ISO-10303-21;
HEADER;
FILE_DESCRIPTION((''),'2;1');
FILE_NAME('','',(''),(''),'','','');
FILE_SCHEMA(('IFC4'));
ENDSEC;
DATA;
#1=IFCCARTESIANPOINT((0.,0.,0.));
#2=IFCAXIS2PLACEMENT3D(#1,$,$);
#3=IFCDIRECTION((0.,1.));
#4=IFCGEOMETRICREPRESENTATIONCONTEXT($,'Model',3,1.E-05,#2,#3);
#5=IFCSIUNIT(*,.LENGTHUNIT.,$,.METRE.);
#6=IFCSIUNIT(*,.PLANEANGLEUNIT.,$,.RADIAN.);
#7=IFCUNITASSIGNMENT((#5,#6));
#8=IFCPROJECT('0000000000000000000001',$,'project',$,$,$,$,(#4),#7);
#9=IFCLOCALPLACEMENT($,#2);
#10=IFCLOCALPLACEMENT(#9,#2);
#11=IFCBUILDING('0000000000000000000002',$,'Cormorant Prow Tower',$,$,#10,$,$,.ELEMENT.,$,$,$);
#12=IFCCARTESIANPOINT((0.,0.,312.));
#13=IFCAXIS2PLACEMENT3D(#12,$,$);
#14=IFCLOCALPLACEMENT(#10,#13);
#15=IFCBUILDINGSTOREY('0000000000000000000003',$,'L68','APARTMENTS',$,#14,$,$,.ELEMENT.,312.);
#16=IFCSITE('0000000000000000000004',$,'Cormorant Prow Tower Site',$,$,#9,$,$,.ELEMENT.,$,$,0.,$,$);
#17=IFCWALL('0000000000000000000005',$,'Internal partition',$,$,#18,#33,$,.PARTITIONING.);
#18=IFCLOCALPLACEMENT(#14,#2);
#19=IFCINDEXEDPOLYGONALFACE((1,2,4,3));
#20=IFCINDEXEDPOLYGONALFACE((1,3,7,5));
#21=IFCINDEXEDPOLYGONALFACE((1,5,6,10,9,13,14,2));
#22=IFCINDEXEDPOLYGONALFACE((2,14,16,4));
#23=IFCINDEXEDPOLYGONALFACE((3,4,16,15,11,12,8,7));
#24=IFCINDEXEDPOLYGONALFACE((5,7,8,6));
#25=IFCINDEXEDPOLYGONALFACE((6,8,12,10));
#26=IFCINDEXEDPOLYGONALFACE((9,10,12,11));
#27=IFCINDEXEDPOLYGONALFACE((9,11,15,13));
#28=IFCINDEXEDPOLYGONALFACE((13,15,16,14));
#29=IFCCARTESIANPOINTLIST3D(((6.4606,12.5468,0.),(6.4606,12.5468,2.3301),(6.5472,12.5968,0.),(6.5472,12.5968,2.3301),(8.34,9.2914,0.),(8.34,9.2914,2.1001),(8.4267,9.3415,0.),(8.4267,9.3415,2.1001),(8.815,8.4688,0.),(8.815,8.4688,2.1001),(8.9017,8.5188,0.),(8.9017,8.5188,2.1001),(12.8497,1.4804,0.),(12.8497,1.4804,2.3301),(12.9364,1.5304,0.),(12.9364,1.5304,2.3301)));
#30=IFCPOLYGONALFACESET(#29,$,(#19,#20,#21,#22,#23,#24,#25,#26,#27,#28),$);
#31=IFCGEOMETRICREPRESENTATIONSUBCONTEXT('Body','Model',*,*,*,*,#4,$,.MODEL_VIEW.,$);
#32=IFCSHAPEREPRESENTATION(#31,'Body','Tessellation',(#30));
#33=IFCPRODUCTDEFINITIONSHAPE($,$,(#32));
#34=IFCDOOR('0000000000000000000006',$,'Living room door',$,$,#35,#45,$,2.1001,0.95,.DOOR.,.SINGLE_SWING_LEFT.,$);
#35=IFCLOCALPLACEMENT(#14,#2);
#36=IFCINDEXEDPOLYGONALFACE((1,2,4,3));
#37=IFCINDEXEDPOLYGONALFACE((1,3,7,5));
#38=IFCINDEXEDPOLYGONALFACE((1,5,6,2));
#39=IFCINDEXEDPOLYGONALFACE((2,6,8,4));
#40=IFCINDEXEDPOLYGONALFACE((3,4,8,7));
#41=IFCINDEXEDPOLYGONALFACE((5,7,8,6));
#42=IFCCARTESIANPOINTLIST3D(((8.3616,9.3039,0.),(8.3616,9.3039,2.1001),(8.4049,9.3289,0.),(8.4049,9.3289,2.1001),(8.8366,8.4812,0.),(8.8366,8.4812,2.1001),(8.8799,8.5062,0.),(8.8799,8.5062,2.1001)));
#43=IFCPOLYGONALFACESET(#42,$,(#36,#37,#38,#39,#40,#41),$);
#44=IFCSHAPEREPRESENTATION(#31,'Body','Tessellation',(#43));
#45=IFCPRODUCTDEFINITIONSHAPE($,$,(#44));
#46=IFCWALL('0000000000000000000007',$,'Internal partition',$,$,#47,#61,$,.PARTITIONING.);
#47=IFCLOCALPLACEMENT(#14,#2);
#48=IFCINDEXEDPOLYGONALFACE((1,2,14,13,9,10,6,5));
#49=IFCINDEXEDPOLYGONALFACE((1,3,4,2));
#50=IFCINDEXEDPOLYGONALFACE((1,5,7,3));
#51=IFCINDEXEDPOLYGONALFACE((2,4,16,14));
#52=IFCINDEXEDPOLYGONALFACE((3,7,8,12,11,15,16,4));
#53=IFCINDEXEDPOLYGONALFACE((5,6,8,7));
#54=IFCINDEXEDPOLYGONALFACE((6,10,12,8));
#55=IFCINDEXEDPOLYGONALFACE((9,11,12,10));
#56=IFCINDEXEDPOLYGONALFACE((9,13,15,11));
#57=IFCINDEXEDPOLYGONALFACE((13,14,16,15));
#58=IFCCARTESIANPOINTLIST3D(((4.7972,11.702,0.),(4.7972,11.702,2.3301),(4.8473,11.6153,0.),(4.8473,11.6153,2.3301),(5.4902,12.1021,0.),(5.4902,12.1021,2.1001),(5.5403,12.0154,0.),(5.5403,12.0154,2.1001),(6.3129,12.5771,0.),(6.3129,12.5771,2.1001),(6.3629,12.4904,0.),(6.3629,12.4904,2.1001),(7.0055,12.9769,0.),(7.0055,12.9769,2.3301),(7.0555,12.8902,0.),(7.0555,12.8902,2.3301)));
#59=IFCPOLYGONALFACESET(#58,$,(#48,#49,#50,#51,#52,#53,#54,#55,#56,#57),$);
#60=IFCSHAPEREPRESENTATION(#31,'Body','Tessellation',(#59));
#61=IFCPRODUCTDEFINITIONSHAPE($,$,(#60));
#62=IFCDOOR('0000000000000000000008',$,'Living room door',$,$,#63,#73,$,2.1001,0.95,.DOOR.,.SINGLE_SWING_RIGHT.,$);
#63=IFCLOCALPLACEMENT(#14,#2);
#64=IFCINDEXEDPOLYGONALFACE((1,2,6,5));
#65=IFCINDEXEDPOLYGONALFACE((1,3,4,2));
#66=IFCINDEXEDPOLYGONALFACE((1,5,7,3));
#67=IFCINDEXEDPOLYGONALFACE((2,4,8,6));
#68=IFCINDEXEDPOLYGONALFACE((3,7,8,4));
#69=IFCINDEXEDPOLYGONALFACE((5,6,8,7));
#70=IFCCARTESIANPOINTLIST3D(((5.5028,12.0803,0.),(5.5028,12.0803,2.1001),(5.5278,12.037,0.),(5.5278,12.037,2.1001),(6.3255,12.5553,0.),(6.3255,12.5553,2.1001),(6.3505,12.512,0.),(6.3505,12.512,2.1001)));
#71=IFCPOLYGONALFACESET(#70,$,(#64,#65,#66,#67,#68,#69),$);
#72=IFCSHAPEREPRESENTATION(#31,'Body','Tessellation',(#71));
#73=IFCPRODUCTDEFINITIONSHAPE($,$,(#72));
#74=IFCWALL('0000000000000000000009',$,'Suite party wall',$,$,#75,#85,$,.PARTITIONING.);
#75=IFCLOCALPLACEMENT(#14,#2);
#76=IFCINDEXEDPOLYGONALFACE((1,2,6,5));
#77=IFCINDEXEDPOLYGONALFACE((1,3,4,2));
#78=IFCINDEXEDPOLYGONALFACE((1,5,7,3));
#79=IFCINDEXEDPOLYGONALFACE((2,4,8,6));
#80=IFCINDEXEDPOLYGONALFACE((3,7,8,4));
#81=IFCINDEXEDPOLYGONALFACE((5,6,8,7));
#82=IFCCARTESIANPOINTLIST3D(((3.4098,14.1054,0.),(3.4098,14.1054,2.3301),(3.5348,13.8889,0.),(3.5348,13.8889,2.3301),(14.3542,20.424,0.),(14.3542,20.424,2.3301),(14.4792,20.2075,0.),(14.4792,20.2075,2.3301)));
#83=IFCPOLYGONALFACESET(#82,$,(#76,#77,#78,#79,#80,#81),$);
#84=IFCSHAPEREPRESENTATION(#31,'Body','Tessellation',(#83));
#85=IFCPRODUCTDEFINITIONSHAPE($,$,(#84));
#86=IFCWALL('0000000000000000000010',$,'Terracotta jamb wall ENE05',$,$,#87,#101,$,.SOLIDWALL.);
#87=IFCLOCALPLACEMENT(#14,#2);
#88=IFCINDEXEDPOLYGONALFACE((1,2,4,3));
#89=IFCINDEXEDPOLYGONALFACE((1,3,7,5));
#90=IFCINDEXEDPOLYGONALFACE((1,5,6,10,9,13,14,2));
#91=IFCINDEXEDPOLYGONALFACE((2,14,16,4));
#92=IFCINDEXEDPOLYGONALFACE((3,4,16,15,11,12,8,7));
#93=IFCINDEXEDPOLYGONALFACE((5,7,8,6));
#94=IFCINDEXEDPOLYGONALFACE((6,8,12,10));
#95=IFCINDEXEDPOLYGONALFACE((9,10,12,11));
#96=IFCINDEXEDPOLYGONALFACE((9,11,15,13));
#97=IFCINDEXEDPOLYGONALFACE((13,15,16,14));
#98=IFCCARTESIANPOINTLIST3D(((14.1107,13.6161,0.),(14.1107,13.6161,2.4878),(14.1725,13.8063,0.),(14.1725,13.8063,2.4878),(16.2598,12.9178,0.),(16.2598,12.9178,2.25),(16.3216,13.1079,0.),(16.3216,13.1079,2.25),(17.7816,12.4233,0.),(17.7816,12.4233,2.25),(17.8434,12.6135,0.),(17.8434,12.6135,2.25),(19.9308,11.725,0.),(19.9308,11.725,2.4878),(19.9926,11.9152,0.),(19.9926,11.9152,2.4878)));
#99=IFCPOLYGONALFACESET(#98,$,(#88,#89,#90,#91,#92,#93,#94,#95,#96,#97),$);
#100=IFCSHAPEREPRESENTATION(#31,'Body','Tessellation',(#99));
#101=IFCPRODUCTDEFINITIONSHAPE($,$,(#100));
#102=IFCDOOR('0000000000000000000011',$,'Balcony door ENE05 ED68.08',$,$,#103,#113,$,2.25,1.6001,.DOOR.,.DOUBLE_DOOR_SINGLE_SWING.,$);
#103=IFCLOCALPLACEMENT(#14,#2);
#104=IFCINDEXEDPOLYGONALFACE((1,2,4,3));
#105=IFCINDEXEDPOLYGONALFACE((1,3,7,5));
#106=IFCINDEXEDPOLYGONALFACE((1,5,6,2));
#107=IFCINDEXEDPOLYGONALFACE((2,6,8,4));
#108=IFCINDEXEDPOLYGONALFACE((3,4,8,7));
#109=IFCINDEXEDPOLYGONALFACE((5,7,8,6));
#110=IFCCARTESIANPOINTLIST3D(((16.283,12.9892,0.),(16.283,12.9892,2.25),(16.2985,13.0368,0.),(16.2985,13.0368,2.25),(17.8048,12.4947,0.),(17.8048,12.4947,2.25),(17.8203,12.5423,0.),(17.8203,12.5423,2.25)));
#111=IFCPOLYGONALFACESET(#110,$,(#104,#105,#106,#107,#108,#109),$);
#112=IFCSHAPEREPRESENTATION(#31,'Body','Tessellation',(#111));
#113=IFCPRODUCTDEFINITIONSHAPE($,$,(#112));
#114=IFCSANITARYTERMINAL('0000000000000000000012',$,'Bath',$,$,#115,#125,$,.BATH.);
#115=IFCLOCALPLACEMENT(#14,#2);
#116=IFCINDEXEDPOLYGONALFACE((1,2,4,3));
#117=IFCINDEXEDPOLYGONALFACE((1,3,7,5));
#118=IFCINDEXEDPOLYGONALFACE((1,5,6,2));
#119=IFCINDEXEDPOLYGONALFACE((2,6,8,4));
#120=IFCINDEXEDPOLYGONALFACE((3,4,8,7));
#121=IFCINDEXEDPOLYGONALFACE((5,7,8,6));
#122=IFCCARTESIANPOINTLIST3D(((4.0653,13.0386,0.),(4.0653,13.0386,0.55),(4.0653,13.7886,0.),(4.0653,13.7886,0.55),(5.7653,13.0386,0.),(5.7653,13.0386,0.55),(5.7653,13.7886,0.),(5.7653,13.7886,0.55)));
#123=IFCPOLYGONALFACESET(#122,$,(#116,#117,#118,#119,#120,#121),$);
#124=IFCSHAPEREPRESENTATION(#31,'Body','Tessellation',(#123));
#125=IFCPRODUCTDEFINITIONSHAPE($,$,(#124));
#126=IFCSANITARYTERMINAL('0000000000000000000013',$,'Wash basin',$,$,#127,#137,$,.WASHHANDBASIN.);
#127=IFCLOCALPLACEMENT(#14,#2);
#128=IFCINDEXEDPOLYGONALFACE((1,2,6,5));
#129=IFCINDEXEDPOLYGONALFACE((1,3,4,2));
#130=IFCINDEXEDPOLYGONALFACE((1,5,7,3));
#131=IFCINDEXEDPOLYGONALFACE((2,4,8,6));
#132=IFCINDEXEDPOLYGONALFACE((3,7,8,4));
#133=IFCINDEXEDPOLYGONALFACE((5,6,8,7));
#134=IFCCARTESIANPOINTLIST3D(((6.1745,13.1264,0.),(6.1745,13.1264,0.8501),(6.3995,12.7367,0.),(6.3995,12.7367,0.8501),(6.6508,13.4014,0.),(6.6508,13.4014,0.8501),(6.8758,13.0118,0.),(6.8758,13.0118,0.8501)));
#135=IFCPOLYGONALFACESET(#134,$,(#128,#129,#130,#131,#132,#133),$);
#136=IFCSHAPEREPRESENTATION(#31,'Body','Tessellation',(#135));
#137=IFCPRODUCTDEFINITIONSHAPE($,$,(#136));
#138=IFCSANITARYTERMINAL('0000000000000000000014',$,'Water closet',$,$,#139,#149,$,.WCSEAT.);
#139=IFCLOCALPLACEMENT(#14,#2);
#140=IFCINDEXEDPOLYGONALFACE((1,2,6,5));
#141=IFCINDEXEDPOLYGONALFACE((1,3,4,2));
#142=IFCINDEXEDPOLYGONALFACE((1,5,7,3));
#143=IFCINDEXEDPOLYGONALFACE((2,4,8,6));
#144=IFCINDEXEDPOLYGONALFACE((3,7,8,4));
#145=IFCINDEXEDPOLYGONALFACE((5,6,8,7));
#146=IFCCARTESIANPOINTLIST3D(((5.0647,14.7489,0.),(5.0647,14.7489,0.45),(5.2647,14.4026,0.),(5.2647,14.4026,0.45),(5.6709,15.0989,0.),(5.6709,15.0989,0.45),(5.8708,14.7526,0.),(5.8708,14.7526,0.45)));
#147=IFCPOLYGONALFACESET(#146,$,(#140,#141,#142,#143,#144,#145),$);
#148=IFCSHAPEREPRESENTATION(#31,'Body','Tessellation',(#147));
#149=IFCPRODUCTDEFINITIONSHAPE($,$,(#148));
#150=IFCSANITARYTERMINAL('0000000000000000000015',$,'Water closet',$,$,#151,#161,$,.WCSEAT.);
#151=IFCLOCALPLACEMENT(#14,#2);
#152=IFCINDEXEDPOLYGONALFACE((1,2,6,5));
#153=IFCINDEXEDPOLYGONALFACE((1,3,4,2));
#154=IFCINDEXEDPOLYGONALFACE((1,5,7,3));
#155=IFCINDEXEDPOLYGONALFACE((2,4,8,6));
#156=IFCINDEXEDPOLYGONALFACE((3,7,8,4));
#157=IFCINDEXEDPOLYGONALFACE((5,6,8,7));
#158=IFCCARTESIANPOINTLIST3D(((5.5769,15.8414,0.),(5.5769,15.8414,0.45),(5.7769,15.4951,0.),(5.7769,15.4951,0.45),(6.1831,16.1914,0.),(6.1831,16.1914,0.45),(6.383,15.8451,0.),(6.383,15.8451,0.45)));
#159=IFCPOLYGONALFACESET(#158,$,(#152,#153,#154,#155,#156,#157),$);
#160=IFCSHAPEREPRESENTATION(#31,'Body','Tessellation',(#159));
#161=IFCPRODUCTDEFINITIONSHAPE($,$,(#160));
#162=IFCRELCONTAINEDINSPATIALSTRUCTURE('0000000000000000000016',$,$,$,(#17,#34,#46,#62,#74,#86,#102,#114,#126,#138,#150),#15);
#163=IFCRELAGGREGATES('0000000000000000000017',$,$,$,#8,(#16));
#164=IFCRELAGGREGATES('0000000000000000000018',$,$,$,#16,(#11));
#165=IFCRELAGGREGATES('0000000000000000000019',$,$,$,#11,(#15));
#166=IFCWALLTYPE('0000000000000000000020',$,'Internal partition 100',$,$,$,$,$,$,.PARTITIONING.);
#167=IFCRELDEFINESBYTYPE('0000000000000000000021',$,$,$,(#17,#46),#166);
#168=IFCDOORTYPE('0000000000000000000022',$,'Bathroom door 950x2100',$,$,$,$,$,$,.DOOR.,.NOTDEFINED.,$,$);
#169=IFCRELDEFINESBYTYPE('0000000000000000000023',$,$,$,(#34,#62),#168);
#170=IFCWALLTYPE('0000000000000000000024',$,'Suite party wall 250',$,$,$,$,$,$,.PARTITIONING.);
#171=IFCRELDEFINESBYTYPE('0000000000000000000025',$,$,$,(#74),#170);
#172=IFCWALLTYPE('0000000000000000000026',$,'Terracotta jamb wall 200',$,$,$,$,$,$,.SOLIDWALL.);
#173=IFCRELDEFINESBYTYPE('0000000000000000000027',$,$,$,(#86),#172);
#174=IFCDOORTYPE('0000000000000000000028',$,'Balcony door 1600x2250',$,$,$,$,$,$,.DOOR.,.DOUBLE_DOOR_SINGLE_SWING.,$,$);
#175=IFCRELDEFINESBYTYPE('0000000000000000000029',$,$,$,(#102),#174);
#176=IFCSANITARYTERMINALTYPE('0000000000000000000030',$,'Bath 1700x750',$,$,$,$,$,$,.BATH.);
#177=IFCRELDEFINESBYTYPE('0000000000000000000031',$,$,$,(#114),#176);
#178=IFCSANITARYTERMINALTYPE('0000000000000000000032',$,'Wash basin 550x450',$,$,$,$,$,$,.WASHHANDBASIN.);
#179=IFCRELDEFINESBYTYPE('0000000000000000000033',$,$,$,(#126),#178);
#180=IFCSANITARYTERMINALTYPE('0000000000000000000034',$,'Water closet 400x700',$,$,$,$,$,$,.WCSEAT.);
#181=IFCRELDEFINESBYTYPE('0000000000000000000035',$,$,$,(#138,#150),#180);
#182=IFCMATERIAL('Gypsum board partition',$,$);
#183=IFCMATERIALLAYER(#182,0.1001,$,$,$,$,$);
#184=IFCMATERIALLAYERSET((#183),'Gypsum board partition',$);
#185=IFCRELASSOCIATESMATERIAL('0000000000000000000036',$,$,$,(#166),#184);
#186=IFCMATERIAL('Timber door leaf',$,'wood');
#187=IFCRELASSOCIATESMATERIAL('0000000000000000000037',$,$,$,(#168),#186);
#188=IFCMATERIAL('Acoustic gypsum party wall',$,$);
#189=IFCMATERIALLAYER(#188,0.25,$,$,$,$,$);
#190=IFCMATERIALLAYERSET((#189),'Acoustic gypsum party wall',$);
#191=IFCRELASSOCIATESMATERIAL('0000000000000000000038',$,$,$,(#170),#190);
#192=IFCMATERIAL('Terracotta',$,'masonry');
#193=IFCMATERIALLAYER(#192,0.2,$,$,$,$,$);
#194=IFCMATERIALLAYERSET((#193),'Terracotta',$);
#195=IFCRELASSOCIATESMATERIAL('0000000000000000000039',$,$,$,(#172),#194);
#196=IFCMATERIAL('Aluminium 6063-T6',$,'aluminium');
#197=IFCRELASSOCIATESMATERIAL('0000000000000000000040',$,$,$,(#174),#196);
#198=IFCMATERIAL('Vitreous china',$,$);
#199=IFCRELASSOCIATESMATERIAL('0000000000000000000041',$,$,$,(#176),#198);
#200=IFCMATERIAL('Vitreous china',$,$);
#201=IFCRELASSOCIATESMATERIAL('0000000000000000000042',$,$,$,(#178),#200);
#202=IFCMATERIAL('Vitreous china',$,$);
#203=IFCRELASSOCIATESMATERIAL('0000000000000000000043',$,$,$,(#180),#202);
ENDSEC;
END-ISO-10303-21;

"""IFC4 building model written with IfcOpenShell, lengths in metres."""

from ifc_helpers import new_model, si_unit, direction, frame, frame_2d, origin, origin_2d, place, context, subcontext, project, spatial, rectangle, extrude, material, layer, layer_set, type_object, element, fill, save


model = new_model("IFC4")

# Units and contexts
model_context = context("Model", 3, precision=1e-05, world=origin(), true_north=direction((0.0, 1.0)))
body_context = subcontext(model_context, "Body", "Model", "MODEL_VIEW")
ifc_project = project(units=[si_unit("LENGTHUNIT", "METRE"), si_unit("PLANEANGLEUNIT", "RADIAN")], contexts=[model_context])

# Site, building, storey
site_placement = place(None, origin())
site = spatial("IfcSite", under=ifc_project, at=site_placement, Name="Cormorant Prow Tower Site", CompositionType="ELEMENT", RefElevation=0.0)
building_placement = place(site_placement, origin())
building = spatial("IfcBuilding", under=site, at=building_placement, Name="Cormorant Prow Tower", CompositionType="ELEMENT")
storey_placement = place(building_placement, frame((0.0, 0.0, 312.0)))
storey = spatial("IfcBuildingStorey", under=building, at=storey_placement, Name="L68", Description="APARTMENTS", CompositionType="ELEMENT", Elevation=312.0)

# Walls, openings, doors
ifc_material_1 = material(Name="Gypsum board partition")
ifc_layer_1 = layer(ifc_material_1, 0.1001)
ifc_layer_set_1 = layer_set([ifc_layer_1], Name="Gypsum board partition")
wall_type_1 = type_object("IfcWallType", Name="Internal partition 100", PredefinedType="PARTITIONING", material=ifc_layer_set_1)
ifc_material_2 = material(Name="Timber door leaf", Category="wood")
door_type_1 = type_object("IfcDoorType", Name="Bathroom door 950x2100", OperationType="NOTDEFINED", PredefinedType="DOOR", material=ifc_material_2)
wall_1_placement = place(storey_placement, frame((6.5039, 12.5718, 0.0), z_axis=(0.0, 0.0, 1.0), x_axis=(0.499998, -0.866027, 0.0)))
wall_1 = element("IfcWall", 1, at=wall_1_placement, inside=storey, type_object=wall_type_1, Name="Internal partition", PredefinedType="PARTITIONING", context=body_context, shape_type="SweptSolid", body=[
    extrude(rectangle(XDim=12.7783, YDim=0.1001, at=frame_2d((6.3892, 0.0))), origin(), (0.0, 0.0, 1.0), 2.3301),
])
opening_1_placement = place(wall_1_placement, frame((3.7588, 0.0, 0.0)))
opening_1 = element("IfcOpeningElement", 2, at=opening_1_placement, cuts=wall_1, PredefinedType="OPENING", context=body_context, shape_type="SweptSolid", body=[
    extrude(rectangle(XDim=0.95, YDim=2.1001, at=frame_2d((0.4751, 1.05))), frame((0.0, 0.0601, 0.0), z_axis=(0.0, -1.0, 0.0), x_axis=(1.0, 0.0, 0.0)), (0.0, 0.0, 1.0), 0.1201),
])
door_1_placement = place(opening_1_placement, origin())
door_1 = element("IfcDoor", 3, at=door_1_placement, inside=storey, type_object=door_type_1, Name="Living room door", OperationType="SINGLE_SWING_LEFT", OverallHeight=2.1001, OverallWidth=0.95, PredefinedType="DOOR", context=body_context, shape_type="SweptSolid", body=[
    extrude(rectangle(XDim=0.95, YDim=2.1001, at=frame_2d((0.4751, 1.05))), frame((0.0, 0.0249, 0.0), z_axis=(0.0, -1.0, 0.0), x_axis=(1.0, 0.0, 0.0)), (0.0, 0.0, 1.0), 0.05),
])
fill(opening_1, door_1)
wall_2_placement = place(storey_placement, frame((4.8223, 11.6587, 0.0), z_axis=(0.0, 0.0, 1.0), x_axis=(0.866031, 0.49999, 0.0)))
wall_2 = element("IfcWall", 4, at=wall_2_placement, inside=storey, type_object=wall_type_1, Name="Internal partition", PredefinedType="PARTITIONING", context=body_context, shape_type="SweptSolid", body=[
    extrude(rectangle(XDim=2.5498, YDim=0.1001, at=frame_2d((1.2749, 0.0))), origin(), (0.0, 0.0, 1.0), 2.3301),
])
opening_2_placement = place(wall_2_placement, frame((0.8, 0.0, 0.0)))
opening_2 = element("IfcOpeningElement", 5, at=opening_2_placement, cuts=wall_2, PredefinedType="OPENING", context=body_context, shape_type="SweptSolid", body=[
    extrude(rectangle(XDim=0.95, YDim=2.1001, at=frame_2d((0.4751, 1.05))), frame((0.0, 0.0601, 0.0), z_axis=(0.0, -1.0, 0.0), x_axis=(1.0, 0.0, 0.0)), (0.0, 0.0, 1.0), 0.1201),
])
door_2_placement = place(opening_2_placement, origin())
door_2 = element("IfcDoor", 6, at=door_2_placement, inside=storey, type_object=door_type_1, Name="Living room door", OperationType="SINGLE_SWING_RIGHT", OverallHeight=2.1001, OverallWidth=0.95, PredefinedType="DOOR", context=body_context, shape_type="SweptSolid", body=[
    extrude(rectangle(XDim=0.95, YDim=2.1001, at=frame_2d((0.4751, 1.05))), frame((0.0, 0.0249, 0.0), z_axis=(0.0, -1.0, 0.0), x_axis=(1.0, 0.0, 0.0)), (0.0, 0.0, 1.0), 0.05),
])
fill(opening_2, door_2)

# Wall
ifc_material_3 = material(Name="Acoustic gypsum party wall")
ifc_layer_2 = layer(ifc_material_3, 0.25)
ifc_layer_set_2 = layer_set([ifc_layer_2], Name="Acoustic gypsum party wall")
wall_type_2 = type_object("IfcWallType", Name="Suite party wall 250", PredefinedType="PARTITIONING", material=ifc_layer_set_2)
wall_3_placement = place(storey_placement, frame((3.4722, 13.9971, 0.0), z_axis=(0.0, 0.0, 1.0), x_axis=(0.866029, 0.499993, 0.0)))
element("IfcWall", 7, at=wall_3_placement, inside=storey, type_object=wall_type_2, Name="Suite party wall", PredefinedType="PARTITIONING", context=body_context, shape_type="SweptSolid", body=[
    extrude(rectangle(XDim=12.6375, YDim=0.25, at=frame_2d((6.3188, 0.0))), origin(), (0.0, 0.0, 1.0), 2.3301),
])

# Wall, opening, door
ifc_material_4 = material(Name="Terracotta", Category="masonry")
ifc_layer_3 = layer(ifc_material_4, 0.2)
ifc_layer_set_3 = layer_set([ifc_layer_3], Name="Terracotta")
wall_type_3 = type_object("IfcWallType", Name="Terracotta jamb wall 200", PredefinedType="SOLIDWALL", material=ifc_layer_set_3)
wall_4_placement = place(storey_placement, frame((19.9617, 11.8201, 0.0), z_axis=(0.0, 0.0, 1.0), x_axis=(-0.951054, 0.309026, 0.0)))
wall_4 = element("IfcWall", 8, at=wall_4_placement, inside=storey, type_object=wall_type_3, Name="Terracotta jamb wall ENE05", PredefinedType="SOLIDWALL", context=body_context, shape_type="SweptSolid", body=[
    extrude(rectangle(XDim=6.1196, YDim=0.2, at=frame_2d((3.0598, 0.0))), origin(), (0.0, 0.0, 1.0), 2.4878),
])
opening_3_placement = place(wall_4_placement, frame((2.2598, 0.0, 0.0)))
opening_3 = element("IfcOpeningElement", 9, at=opening_3_placement, cuts=wall_4, PredefinedType="OPENING", context=body_context, shape_type="SweptSolid", body=[
    extrude(rectangle(XDim=1.6001, YDim=2.25, at=frame_2d((0.8, 1.125))), frame((0.0, 0.1099, 0.0), z_axis=(0.0, -1.0, 0.0), x_axis=(1.0, 0.0, 0.0)), (0.0, 0.0, 1.0), 0.22),
])
ifc_material_5 = material(Name="Aluminium 6063-T6", Category="aluminium")
door_type_2 = type_object("IfcDoorType", Name="Balcony door 1600x2250", OperationType="DOUBLE_DOOR_SINGLE_SWING", PredefinedType="DOOR", material=ifc_material_5)
door_3_placement = place(opening_3_placement, origin())
door_3 = element("IfcDoor", 10, at=door_3_placement, inside=storey, type_object=door_type_2, Name="Balcony door ENE05 ED68.08", OperationType="DOUBLE_DOOR_SINGLE_SWING", OverallHeight=2.25, OverallWidth=1.6001, PredefinedType="DOOR", context=body_context, shape_type="SweptSolid", body=[
    extrude(rectangle(XDim=1.6001, YDim=2.25, at=frame_2d((0.8, 1.125))), frame((0.0, 0.0249, 0.0), z_axis=(0.0, -1.0, 0.0), x_axis=(1.0, 0.0, 0.0)), (0.0, 0.0, 1.0), 0.05),
])
fill(opening_3, door_3)

# Sanitary terminals
ifc_material_6 = material(Name="Vitreous china")
sanitary_terminal_type_1 = type_object("IfcSanitaryTerminalType", Name="Bath 1700x750", PredefinedType="BATH", material=ifc_material_6)
sanitary_terminal_1_placement = place(storey_placement, frame((4.9153, 13.4136, 0.0), z_axis=(0.0, 0.0, 1.0), x_axis=(1.0, 0.0, 0.0)))
element("IfcSanitaryTerminal", 11, at=sanitary_terminal_1_placement, inside=storey, type_object=sanitary_terminal_type_1, Name="Bath", PredefinedType="BATH", context=body_context, shape_type="SweptSolid", body=[
    extrude(rectangle(XDim=1.7, YDim=0.75, at=origin_2d()), origin(), (0.0, 0.0, 1.0), 0.55),
])
ifc_material_7 = material(Name="Vitreous china")
sanitary_terminal_type_2 = type_object("IfcSanitaryTerminalType", Name="Wash basin 550x450", PredefinedType="WASHHANDBASIN", material=ifc_material_7)
sanitary_terminal_2_placement = place(storey_placement, frame((6.5251, 13.0691, 0.0), z_axis=(0.0, 0.0, 1.0), x_axis=(-0.866025, -0.5, 0.0)))
element("IfcSanitaryTerminal", 12, at=sanitary_terminal_2_placement, inside=storey, type_object=sanitary_terminal_type_2, Name="Wash basin", PredefinedType="WASHHANDBASIN", context=body_context, shape_type="SweptSolid", body=[
    extrude(rectangle(XDim=0.55, YDim=0.45, at=origin_2d()), origin(), (0.0, 0.0, 1.0), 0.8501),
])
ifc_material_8 = material(Name="Vitreous china")
sanitary_terminal_type_3 = type_object("IfcSanitaryTerminalType", Name="Water closet 400x700", PredefinedType="WCSEAT", material=ifc_material_8)
for number, where, z_axis, x_axis, name in (
    (13, (5.4678, 14.7507, 0.0), (0.0, 0.0, 1.0), (0.5, -0.866025, 0.0), "Water closet"),
    (14, (5.98, 15.8433, 0.0), (0.0, 0.0, 1.0), (-0.5, 0.866025, 0.0), "Water closet"),
):
    element("IfcSanitaryTerminal", number, at=place(storey_placement, frame(where, z_axis=z_axis, x_axis=x_axis)), inside=storey, type_object=sanitary_terminal_type_3, Name=name, PredefinedType="WCSEAT", context=body_context, shape_type="SweptSolid", body=[
        extrude(rectangle(XDim=0.3999, YDim=0.7, at=origin_2d()), origin(), (0.0, 0.0, 1.0), 0.45),
    ])

save(model, "model.ifc")
